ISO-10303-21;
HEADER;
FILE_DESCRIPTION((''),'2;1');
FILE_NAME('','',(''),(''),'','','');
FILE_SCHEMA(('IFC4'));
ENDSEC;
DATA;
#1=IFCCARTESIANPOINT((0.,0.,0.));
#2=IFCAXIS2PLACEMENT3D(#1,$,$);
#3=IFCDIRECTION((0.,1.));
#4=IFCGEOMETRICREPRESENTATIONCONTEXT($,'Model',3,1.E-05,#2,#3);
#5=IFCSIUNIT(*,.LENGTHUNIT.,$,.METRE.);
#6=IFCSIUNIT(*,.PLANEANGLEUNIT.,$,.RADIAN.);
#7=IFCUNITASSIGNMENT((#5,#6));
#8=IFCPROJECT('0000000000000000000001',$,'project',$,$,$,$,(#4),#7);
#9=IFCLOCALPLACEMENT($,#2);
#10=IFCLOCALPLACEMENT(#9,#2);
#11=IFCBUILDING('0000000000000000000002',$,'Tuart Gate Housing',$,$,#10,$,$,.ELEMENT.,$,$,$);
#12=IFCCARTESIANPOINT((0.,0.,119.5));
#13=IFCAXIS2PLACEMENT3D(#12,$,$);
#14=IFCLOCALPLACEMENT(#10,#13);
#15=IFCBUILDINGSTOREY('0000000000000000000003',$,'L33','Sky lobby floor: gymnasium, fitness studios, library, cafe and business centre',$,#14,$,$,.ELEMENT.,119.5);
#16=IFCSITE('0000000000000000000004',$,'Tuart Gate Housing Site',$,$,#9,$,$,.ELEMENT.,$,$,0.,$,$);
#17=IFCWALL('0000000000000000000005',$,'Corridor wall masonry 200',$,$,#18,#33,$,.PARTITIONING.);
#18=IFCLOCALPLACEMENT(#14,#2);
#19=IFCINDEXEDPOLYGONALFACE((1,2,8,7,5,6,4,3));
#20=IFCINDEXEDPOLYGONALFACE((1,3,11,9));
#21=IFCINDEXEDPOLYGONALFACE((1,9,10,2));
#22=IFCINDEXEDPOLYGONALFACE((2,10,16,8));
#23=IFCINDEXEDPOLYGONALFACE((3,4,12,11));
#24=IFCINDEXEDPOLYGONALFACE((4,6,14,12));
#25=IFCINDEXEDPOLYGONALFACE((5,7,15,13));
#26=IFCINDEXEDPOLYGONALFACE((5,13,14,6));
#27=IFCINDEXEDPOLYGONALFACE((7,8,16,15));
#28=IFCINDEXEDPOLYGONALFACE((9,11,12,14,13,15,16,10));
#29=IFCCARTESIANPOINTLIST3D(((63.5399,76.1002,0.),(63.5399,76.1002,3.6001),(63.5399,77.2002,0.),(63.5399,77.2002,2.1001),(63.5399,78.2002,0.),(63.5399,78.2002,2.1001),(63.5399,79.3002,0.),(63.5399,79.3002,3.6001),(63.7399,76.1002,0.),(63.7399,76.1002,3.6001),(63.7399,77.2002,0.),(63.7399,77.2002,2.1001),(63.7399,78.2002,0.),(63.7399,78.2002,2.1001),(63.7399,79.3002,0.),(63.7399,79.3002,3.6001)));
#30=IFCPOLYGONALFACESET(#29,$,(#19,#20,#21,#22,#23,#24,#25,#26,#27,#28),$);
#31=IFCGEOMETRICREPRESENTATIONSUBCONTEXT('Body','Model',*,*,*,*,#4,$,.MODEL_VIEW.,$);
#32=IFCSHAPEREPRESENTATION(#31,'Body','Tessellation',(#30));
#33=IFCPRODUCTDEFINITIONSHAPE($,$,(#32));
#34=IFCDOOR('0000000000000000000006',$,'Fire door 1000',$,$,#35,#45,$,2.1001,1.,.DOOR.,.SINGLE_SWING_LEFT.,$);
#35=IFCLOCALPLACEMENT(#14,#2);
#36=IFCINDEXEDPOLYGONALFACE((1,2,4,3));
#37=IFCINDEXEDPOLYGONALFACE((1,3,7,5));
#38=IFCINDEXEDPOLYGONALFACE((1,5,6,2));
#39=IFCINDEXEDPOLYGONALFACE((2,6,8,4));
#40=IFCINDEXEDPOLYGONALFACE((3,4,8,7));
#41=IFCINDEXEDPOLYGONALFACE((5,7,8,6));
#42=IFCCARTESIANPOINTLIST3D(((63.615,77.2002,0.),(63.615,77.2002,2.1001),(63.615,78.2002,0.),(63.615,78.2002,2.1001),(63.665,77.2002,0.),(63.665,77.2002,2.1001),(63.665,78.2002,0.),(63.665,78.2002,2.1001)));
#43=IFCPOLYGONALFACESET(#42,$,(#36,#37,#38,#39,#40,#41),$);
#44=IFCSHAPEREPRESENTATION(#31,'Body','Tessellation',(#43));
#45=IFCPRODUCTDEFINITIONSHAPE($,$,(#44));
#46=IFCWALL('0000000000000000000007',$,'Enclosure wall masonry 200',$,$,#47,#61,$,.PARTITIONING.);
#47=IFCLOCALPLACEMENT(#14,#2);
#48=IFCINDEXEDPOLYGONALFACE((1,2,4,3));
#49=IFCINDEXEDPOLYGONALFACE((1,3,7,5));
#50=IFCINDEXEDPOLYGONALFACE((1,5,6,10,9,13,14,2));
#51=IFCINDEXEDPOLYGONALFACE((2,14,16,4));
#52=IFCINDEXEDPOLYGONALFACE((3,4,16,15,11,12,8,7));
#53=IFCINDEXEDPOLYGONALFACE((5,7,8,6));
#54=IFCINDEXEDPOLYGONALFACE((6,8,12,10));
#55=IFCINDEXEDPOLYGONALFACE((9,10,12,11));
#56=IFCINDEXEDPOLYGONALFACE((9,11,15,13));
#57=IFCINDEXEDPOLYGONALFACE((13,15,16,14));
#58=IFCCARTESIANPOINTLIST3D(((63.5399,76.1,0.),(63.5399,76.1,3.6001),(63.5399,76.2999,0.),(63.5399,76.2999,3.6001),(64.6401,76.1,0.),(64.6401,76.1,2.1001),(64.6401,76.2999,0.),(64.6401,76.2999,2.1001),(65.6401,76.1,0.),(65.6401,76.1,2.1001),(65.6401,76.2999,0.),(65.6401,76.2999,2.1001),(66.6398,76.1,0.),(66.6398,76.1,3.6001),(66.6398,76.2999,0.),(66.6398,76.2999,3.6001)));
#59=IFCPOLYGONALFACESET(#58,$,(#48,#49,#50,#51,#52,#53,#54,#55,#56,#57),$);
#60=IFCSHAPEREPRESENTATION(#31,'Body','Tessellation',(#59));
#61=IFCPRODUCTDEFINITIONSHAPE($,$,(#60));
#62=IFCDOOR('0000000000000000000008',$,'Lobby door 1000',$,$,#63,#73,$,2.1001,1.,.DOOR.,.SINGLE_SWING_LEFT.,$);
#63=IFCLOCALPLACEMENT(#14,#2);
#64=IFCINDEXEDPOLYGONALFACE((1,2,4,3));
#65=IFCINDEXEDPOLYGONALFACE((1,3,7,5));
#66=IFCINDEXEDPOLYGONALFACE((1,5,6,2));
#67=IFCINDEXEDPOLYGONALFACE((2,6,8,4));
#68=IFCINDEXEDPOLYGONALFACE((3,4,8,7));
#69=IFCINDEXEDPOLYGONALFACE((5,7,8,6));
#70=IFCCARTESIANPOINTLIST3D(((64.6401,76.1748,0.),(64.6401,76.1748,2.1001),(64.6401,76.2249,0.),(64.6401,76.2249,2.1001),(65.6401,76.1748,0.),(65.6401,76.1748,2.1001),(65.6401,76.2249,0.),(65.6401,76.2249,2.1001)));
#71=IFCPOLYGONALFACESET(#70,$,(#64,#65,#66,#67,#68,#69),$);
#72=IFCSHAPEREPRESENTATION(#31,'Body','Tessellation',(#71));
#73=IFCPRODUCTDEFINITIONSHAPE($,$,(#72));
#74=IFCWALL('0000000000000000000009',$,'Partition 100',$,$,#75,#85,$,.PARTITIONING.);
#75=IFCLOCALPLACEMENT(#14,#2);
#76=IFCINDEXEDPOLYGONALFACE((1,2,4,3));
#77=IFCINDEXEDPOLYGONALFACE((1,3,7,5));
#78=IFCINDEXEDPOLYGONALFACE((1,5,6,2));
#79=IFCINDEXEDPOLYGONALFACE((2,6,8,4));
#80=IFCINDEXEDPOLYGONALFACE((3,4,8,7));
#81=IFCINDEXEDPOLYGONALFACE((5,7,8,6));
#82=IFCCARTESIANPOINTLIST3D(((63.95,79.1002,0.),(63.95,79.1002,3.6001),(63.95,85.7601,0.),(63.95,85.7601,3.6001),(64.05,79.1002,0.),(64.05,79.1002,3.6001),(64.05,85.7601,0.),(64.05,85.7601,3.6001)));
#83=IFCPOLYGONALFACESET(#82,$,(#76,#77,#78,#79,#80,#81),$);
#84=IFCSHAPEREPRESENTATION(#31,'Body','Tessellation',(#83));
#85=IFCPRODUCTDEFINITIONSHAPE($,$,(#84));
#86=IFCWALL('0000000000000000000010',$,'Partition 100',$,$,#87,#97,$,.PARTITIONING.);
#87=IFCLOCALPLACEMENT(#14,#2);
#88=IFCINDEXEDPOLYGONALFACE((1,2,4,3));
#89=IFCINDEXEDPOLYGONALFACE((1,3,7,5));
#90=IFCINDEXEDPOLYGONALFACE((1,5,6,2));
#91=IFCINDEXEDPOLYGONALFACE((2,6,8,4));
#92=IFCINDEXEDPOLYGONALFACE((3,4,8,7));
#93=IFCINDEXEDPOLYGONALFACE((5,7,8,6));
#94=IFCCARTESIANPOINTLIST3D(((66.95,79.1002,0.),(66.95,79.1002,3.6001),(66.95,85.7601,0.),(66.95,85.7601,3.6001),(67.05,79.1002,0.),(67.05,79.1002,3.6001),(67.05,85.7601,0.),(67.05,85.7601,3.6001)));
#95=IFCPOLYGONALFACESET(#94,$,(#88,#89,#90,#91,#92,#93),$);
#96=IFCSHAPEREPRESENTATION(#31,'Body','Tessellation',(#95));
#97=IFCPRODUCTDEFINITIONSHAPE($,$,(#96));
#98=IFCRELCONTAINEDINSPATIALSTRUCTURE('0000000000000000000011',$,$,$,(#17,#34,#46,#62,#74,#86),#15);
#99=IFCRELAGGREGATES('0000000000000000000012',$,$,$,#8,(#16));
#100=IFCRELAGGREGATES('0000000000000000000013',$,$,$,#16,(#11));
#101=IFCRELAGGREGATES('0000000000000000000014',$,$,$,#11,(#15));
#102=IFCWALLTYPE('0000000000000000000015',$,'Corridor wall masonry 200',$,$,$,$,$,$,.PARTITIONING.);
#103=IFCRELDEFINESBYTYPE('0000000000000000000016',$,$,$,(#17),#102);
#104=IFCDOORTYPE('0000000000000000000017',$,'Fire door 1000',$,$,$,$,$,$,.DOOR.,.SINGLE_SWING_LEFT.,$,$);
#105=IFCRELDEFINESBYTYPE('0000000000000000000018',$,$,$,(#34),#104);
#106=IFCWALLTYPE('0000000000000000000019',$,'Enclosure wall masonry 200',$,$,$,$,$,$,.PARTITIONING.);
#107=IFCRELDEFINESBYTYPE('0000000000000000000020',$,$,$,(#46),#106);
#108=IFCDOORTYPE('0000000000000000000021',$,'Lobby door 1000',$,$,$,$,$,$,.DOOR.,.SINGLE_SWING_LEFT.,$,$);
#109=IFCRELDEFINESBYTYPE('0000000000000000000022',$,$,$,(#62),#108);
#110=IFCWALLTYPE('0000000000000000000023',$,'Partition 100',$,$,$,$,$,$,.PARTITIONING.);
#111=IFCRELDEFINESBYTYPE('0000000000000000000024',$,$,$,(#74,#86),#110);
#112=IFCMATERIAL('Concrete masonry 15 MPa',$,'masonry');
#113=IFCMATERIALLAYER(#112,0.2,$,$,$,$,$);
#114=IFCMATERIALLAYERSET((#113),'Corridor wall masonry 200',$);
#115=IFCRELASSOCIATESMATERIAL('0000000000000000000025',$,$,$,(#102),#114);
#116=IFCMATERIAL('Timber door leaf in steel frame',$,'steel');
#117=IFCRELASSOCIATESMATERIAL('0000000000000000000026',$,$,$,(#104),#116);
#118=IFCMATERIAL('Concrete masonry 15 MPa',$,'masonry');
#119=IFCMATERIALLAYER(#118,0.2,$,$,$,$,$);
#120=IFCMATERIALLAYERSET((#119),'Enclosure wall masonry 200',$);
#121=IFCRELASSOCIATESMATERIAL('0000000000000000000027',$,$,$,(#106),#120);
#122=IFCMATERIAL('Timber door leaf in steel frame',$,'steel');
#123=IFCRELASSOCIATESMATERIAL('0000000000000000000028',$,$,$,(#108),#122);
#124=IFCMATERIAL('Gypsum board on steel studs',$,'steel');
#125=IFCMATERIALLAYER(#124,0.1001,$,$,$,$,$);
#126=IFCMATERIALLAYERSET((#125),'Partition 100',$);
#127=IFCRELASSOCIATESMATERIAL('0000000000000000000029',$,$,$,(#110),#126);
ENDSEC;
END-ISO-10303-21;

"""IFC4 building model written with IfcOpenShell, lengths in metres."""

from ifc_helpers import new_model, si_unit, direction, frame, frame_2d, origin, place, context, subcontext, project, spatial, rectangle, extrude, material, layer, layer_set, type_object, element, fill, save


model = new_model("IFC4")

# Units and contexts
model_context = context("Model", 3, precision=1e-05, world=origin(), true_north=direction((0.0, 1.0)))
body_context = subcontext(model_context, "Body", "Model", "MODEL_VIEW")
ifc_project = project(units=[si_unit("LENGTHUNIT", "METRE"), si_unit("PLANEANGLEUNIT", "RADIAN")], contexts=[model_context])

# Site, building, storey
site_placement = place(None, origin())
site = spatial("IfcSite", under=ifc_project, at=site_placement, Name="Tuart Gate Housing Site", CompositionType="ELEMENT", RefElevation=0.0)
building_placement = place(site_placement, origin())
building = spatial("IfcBuilding", under=site, at=building_placement, Name="Tuart Gate Housing", CompositionType="ELEMENT")
storey_placement = place(building_placement, frame((0.0, 0.0, 119.5)))
storey = spatial("IfcBuildingStorey", under=building, at=storey_placement, Name="L33", Description="Sky lobby floor: gymnasium, fitness studios, library, cafe and business centre", CompositionType="ELEMENT", Elevation=119.5)

# Shared definitions
ifc_material_1 = material(Name="Concrete masonry 15 MPa", Category="masonry")
ifc_layer_1 = layer(ifc_material_1, 0.2)
ifc_layer_set_1 = layer_set([ifc_layer_1], Name="Corridor wall masonry 200")
wall_type_1 = type_object("IfcWallType", Name="Corridor wall masonry 200", PredefinedType="PARTITIONING", material=ifc_layer_set_1)
ifc_material_2 = material(Name="Timber door leaf in steel frame", Category="steel")
door_type_1 = type_object("IfcDoorType", Name="Fire door 1000", OperationType="SINGLE_SWING_LEFT", PredefinedType="DOOR", material=ifc_material_2)

# Walls, openings, doors
wall_1_placement = place(storey_placement, frame((63.6399, 76.1001, 0.0), z_axis=(0.0, 0.0, 1.0), x_axis=(0.0, 1.0, 0.0)))
wall_1 = element("IfcWall", 1, at=wall_1_placement, inside=storey, type_object=wall_type_1, Name="Corridor wall masonry 200", PredefinedType="PARTITIONING", context=body_context, shape_type="SweptSolid", body=[
    extrude(rectangle(XDim=3.2, YDim=0.2, at=frame_2d((1.6001, 0.0))), origin(), (0.0, 0.0, 1.0), 3.6001),
])
opening_1_placement = place(wall_1_placement, frame((1.1001, 0.0, 0.0)))
opening_1 = element("IfcOpeningElement", 2, at=opening_1_placement, cuts=wall_1, PredefinedType="OPENING", context=body_context, shape_type="SweptSolid", body=[
    extrude(rectangle(XDim=1.0, YDim=2.1001, at=frame_2d((0.5, 1.05))), frame((0.0, 0.1099, 0.0), z_axis=(0.0, -1.0, 0.0), x_axis=(1.0, 0.0, 0.0)), (0.0, 0.0, 1.0), 0.22),
])
door_1_placement = place(opening_1_placement, origin())
door_1 = element("IfcDoor", 3, at=door_1_placement, inside=storey, type_object=door_type_1, Name="Fire door 1000", OperationType="SINGLE_SWING_LEFT", OverallHeight=2.1001, OverallWidth=1.0, PredefinedType="DOOR", context=body_context, shape_type="SweptSolid", body=[
    extrude(rectangle(XDim=1.0, YDim=2.1001, at=frame_2d((0.5, 1.05))), frame((0.0, 0.0249, 0.0), z_axis=(0.0, -1.0, 0.0), x_axis=(1.0, 0.0, 0.0)), (0.0, 0.0, 1.0), 0.05),
])
fill(opening_1, door_1)
ifc_material_3 = material(Name="Concrete masonry 15 MPa", Category="masonry")
ifc_layer_2 = layer(ifc_material_3, 0.2)
ifc_layer_set_2 = layer_set([ifc_layer_2], Name="Enclosure wall masonry 200")
wall_type_2 = type_object("IfcWallType", Name="Enclosure wall masonry 200", PredefinedType="PARTITIONING", material=ifc_layer_set_2)
wall_2_placement = place(storey_placement, frame((63.54, 76.2, 0.0), z_axis=(0.0, 0.0, 1.0), x_axis=(1.0, 0.0, 0.0)))
wall_2 = element("IfcWall", 4, at=wall_2_placement, inside=storey, type_object=wall_type_2, Name="Enclosure wall masonry 200", PredefinedType="PARTITIONING", context=body_context, shape_type="SweptSolid", body=[
    extrude(rectangle(XDim=3.0999, YDim=0.2, at=frame_2d((1.5498, 0.0))), origin(), (0.0, 0.0, 1.0), 3.6001),
])
opening_2_placement = place(wall_2_placement, frame((1.1001, 0.0, 0.0)))
opening_2 = element("IfcOpeningElement", 5, at=opening_2_placement, cuts=wall_2, PredefinedType="OPENING", context=body_context, shape_type="SweptSolid", body=[
    extrude(rectangle(XDim=1.0, YDim=2.1001, at=frame_2d((0.5, 1.05))), frame((0.0, 0.1099, 0.0), z_axis=(0.0, -1.0, 0.0), x_axis=(1.0, 0.0, 0.0)), (0.0, 0.0, 1.0), 0.22),
])
ifc_material_4 = material(Name="Timber door leaf in steel frame", Category="steel")
door_type_2 = type_object("IfcDoorType", Name="Lobby door 1000", OperationType="SINGLE_SWING_LEFT", PredefinedType="DOOR", material=ifc_material_4)
door_2_placement = place(opening_2_placement, origin())
door_2 = element("IfcDoor", 6, at=door_2_placement, inside=storey, type_object=door_type_2, Name="Lobby door 1000", OperationType="SINGLE_SWING_LEFT", OverallHeight=2.1001, OverallWidth=1.0, PredefinedType="DOOR", context=body_context, shape_type="SweptSolid", body=[
    extrude(rectangle(XDim=1.0, YDim=2.1001, at=frame_2d((0.5, 1.05))), frame((0.0, 0.0249, 0.0), z_axis=(0.0, -1.0, 0.0), x_axis=(1.0, 0.0, 0.0)), (0.0, 0.0, 1.0), 0.05),
])
fill(opening_2, door_2)

# Walls
ifc_material_5 = material(Name="Gypsum board on steel studs", Category="steel")
ifc_layer_3 = layer(ifc_material_5, 0.1001)
ifc_layer_set_3 = layer_set([ifc_layer_3], Name="Partition 100")
wall_type_3 = type_object("IfcWallType", Name="Partition 100", PredefinedType="PARTITIONING", material=ifc_layer_set_3)
for number, where, z_axis, x_axis, name in (
    (7, (64.0, 79.1001, 0.0), (0.0, 0.0, 1.0), (0.0, 1.0, 0.0), "Partition 100"),
    (8, (67.0, 79.1001, 0.0), (0.0, 0.0, 1.0), (0.0, 1.0, 0.0), "Partition 100"),
):
    element("IfcWall", number, at=place(storey_placement, frame(where, z_axis=z_axis, x_axis=x_axis)), inside=storey, type_object=wall_type_3, Name=name, PredefinedType="PARTITIONING", context=body_context, shape_type="SweptSolid", body=[
        extrude(rectangle(XDim=6.6599, YDim=0.1001, at=frame_2d((3.3301, 0.0))), origin(), (0.0, 0.0, 1.0), 3.6001),
    ])

save(model, "model.ifc")
